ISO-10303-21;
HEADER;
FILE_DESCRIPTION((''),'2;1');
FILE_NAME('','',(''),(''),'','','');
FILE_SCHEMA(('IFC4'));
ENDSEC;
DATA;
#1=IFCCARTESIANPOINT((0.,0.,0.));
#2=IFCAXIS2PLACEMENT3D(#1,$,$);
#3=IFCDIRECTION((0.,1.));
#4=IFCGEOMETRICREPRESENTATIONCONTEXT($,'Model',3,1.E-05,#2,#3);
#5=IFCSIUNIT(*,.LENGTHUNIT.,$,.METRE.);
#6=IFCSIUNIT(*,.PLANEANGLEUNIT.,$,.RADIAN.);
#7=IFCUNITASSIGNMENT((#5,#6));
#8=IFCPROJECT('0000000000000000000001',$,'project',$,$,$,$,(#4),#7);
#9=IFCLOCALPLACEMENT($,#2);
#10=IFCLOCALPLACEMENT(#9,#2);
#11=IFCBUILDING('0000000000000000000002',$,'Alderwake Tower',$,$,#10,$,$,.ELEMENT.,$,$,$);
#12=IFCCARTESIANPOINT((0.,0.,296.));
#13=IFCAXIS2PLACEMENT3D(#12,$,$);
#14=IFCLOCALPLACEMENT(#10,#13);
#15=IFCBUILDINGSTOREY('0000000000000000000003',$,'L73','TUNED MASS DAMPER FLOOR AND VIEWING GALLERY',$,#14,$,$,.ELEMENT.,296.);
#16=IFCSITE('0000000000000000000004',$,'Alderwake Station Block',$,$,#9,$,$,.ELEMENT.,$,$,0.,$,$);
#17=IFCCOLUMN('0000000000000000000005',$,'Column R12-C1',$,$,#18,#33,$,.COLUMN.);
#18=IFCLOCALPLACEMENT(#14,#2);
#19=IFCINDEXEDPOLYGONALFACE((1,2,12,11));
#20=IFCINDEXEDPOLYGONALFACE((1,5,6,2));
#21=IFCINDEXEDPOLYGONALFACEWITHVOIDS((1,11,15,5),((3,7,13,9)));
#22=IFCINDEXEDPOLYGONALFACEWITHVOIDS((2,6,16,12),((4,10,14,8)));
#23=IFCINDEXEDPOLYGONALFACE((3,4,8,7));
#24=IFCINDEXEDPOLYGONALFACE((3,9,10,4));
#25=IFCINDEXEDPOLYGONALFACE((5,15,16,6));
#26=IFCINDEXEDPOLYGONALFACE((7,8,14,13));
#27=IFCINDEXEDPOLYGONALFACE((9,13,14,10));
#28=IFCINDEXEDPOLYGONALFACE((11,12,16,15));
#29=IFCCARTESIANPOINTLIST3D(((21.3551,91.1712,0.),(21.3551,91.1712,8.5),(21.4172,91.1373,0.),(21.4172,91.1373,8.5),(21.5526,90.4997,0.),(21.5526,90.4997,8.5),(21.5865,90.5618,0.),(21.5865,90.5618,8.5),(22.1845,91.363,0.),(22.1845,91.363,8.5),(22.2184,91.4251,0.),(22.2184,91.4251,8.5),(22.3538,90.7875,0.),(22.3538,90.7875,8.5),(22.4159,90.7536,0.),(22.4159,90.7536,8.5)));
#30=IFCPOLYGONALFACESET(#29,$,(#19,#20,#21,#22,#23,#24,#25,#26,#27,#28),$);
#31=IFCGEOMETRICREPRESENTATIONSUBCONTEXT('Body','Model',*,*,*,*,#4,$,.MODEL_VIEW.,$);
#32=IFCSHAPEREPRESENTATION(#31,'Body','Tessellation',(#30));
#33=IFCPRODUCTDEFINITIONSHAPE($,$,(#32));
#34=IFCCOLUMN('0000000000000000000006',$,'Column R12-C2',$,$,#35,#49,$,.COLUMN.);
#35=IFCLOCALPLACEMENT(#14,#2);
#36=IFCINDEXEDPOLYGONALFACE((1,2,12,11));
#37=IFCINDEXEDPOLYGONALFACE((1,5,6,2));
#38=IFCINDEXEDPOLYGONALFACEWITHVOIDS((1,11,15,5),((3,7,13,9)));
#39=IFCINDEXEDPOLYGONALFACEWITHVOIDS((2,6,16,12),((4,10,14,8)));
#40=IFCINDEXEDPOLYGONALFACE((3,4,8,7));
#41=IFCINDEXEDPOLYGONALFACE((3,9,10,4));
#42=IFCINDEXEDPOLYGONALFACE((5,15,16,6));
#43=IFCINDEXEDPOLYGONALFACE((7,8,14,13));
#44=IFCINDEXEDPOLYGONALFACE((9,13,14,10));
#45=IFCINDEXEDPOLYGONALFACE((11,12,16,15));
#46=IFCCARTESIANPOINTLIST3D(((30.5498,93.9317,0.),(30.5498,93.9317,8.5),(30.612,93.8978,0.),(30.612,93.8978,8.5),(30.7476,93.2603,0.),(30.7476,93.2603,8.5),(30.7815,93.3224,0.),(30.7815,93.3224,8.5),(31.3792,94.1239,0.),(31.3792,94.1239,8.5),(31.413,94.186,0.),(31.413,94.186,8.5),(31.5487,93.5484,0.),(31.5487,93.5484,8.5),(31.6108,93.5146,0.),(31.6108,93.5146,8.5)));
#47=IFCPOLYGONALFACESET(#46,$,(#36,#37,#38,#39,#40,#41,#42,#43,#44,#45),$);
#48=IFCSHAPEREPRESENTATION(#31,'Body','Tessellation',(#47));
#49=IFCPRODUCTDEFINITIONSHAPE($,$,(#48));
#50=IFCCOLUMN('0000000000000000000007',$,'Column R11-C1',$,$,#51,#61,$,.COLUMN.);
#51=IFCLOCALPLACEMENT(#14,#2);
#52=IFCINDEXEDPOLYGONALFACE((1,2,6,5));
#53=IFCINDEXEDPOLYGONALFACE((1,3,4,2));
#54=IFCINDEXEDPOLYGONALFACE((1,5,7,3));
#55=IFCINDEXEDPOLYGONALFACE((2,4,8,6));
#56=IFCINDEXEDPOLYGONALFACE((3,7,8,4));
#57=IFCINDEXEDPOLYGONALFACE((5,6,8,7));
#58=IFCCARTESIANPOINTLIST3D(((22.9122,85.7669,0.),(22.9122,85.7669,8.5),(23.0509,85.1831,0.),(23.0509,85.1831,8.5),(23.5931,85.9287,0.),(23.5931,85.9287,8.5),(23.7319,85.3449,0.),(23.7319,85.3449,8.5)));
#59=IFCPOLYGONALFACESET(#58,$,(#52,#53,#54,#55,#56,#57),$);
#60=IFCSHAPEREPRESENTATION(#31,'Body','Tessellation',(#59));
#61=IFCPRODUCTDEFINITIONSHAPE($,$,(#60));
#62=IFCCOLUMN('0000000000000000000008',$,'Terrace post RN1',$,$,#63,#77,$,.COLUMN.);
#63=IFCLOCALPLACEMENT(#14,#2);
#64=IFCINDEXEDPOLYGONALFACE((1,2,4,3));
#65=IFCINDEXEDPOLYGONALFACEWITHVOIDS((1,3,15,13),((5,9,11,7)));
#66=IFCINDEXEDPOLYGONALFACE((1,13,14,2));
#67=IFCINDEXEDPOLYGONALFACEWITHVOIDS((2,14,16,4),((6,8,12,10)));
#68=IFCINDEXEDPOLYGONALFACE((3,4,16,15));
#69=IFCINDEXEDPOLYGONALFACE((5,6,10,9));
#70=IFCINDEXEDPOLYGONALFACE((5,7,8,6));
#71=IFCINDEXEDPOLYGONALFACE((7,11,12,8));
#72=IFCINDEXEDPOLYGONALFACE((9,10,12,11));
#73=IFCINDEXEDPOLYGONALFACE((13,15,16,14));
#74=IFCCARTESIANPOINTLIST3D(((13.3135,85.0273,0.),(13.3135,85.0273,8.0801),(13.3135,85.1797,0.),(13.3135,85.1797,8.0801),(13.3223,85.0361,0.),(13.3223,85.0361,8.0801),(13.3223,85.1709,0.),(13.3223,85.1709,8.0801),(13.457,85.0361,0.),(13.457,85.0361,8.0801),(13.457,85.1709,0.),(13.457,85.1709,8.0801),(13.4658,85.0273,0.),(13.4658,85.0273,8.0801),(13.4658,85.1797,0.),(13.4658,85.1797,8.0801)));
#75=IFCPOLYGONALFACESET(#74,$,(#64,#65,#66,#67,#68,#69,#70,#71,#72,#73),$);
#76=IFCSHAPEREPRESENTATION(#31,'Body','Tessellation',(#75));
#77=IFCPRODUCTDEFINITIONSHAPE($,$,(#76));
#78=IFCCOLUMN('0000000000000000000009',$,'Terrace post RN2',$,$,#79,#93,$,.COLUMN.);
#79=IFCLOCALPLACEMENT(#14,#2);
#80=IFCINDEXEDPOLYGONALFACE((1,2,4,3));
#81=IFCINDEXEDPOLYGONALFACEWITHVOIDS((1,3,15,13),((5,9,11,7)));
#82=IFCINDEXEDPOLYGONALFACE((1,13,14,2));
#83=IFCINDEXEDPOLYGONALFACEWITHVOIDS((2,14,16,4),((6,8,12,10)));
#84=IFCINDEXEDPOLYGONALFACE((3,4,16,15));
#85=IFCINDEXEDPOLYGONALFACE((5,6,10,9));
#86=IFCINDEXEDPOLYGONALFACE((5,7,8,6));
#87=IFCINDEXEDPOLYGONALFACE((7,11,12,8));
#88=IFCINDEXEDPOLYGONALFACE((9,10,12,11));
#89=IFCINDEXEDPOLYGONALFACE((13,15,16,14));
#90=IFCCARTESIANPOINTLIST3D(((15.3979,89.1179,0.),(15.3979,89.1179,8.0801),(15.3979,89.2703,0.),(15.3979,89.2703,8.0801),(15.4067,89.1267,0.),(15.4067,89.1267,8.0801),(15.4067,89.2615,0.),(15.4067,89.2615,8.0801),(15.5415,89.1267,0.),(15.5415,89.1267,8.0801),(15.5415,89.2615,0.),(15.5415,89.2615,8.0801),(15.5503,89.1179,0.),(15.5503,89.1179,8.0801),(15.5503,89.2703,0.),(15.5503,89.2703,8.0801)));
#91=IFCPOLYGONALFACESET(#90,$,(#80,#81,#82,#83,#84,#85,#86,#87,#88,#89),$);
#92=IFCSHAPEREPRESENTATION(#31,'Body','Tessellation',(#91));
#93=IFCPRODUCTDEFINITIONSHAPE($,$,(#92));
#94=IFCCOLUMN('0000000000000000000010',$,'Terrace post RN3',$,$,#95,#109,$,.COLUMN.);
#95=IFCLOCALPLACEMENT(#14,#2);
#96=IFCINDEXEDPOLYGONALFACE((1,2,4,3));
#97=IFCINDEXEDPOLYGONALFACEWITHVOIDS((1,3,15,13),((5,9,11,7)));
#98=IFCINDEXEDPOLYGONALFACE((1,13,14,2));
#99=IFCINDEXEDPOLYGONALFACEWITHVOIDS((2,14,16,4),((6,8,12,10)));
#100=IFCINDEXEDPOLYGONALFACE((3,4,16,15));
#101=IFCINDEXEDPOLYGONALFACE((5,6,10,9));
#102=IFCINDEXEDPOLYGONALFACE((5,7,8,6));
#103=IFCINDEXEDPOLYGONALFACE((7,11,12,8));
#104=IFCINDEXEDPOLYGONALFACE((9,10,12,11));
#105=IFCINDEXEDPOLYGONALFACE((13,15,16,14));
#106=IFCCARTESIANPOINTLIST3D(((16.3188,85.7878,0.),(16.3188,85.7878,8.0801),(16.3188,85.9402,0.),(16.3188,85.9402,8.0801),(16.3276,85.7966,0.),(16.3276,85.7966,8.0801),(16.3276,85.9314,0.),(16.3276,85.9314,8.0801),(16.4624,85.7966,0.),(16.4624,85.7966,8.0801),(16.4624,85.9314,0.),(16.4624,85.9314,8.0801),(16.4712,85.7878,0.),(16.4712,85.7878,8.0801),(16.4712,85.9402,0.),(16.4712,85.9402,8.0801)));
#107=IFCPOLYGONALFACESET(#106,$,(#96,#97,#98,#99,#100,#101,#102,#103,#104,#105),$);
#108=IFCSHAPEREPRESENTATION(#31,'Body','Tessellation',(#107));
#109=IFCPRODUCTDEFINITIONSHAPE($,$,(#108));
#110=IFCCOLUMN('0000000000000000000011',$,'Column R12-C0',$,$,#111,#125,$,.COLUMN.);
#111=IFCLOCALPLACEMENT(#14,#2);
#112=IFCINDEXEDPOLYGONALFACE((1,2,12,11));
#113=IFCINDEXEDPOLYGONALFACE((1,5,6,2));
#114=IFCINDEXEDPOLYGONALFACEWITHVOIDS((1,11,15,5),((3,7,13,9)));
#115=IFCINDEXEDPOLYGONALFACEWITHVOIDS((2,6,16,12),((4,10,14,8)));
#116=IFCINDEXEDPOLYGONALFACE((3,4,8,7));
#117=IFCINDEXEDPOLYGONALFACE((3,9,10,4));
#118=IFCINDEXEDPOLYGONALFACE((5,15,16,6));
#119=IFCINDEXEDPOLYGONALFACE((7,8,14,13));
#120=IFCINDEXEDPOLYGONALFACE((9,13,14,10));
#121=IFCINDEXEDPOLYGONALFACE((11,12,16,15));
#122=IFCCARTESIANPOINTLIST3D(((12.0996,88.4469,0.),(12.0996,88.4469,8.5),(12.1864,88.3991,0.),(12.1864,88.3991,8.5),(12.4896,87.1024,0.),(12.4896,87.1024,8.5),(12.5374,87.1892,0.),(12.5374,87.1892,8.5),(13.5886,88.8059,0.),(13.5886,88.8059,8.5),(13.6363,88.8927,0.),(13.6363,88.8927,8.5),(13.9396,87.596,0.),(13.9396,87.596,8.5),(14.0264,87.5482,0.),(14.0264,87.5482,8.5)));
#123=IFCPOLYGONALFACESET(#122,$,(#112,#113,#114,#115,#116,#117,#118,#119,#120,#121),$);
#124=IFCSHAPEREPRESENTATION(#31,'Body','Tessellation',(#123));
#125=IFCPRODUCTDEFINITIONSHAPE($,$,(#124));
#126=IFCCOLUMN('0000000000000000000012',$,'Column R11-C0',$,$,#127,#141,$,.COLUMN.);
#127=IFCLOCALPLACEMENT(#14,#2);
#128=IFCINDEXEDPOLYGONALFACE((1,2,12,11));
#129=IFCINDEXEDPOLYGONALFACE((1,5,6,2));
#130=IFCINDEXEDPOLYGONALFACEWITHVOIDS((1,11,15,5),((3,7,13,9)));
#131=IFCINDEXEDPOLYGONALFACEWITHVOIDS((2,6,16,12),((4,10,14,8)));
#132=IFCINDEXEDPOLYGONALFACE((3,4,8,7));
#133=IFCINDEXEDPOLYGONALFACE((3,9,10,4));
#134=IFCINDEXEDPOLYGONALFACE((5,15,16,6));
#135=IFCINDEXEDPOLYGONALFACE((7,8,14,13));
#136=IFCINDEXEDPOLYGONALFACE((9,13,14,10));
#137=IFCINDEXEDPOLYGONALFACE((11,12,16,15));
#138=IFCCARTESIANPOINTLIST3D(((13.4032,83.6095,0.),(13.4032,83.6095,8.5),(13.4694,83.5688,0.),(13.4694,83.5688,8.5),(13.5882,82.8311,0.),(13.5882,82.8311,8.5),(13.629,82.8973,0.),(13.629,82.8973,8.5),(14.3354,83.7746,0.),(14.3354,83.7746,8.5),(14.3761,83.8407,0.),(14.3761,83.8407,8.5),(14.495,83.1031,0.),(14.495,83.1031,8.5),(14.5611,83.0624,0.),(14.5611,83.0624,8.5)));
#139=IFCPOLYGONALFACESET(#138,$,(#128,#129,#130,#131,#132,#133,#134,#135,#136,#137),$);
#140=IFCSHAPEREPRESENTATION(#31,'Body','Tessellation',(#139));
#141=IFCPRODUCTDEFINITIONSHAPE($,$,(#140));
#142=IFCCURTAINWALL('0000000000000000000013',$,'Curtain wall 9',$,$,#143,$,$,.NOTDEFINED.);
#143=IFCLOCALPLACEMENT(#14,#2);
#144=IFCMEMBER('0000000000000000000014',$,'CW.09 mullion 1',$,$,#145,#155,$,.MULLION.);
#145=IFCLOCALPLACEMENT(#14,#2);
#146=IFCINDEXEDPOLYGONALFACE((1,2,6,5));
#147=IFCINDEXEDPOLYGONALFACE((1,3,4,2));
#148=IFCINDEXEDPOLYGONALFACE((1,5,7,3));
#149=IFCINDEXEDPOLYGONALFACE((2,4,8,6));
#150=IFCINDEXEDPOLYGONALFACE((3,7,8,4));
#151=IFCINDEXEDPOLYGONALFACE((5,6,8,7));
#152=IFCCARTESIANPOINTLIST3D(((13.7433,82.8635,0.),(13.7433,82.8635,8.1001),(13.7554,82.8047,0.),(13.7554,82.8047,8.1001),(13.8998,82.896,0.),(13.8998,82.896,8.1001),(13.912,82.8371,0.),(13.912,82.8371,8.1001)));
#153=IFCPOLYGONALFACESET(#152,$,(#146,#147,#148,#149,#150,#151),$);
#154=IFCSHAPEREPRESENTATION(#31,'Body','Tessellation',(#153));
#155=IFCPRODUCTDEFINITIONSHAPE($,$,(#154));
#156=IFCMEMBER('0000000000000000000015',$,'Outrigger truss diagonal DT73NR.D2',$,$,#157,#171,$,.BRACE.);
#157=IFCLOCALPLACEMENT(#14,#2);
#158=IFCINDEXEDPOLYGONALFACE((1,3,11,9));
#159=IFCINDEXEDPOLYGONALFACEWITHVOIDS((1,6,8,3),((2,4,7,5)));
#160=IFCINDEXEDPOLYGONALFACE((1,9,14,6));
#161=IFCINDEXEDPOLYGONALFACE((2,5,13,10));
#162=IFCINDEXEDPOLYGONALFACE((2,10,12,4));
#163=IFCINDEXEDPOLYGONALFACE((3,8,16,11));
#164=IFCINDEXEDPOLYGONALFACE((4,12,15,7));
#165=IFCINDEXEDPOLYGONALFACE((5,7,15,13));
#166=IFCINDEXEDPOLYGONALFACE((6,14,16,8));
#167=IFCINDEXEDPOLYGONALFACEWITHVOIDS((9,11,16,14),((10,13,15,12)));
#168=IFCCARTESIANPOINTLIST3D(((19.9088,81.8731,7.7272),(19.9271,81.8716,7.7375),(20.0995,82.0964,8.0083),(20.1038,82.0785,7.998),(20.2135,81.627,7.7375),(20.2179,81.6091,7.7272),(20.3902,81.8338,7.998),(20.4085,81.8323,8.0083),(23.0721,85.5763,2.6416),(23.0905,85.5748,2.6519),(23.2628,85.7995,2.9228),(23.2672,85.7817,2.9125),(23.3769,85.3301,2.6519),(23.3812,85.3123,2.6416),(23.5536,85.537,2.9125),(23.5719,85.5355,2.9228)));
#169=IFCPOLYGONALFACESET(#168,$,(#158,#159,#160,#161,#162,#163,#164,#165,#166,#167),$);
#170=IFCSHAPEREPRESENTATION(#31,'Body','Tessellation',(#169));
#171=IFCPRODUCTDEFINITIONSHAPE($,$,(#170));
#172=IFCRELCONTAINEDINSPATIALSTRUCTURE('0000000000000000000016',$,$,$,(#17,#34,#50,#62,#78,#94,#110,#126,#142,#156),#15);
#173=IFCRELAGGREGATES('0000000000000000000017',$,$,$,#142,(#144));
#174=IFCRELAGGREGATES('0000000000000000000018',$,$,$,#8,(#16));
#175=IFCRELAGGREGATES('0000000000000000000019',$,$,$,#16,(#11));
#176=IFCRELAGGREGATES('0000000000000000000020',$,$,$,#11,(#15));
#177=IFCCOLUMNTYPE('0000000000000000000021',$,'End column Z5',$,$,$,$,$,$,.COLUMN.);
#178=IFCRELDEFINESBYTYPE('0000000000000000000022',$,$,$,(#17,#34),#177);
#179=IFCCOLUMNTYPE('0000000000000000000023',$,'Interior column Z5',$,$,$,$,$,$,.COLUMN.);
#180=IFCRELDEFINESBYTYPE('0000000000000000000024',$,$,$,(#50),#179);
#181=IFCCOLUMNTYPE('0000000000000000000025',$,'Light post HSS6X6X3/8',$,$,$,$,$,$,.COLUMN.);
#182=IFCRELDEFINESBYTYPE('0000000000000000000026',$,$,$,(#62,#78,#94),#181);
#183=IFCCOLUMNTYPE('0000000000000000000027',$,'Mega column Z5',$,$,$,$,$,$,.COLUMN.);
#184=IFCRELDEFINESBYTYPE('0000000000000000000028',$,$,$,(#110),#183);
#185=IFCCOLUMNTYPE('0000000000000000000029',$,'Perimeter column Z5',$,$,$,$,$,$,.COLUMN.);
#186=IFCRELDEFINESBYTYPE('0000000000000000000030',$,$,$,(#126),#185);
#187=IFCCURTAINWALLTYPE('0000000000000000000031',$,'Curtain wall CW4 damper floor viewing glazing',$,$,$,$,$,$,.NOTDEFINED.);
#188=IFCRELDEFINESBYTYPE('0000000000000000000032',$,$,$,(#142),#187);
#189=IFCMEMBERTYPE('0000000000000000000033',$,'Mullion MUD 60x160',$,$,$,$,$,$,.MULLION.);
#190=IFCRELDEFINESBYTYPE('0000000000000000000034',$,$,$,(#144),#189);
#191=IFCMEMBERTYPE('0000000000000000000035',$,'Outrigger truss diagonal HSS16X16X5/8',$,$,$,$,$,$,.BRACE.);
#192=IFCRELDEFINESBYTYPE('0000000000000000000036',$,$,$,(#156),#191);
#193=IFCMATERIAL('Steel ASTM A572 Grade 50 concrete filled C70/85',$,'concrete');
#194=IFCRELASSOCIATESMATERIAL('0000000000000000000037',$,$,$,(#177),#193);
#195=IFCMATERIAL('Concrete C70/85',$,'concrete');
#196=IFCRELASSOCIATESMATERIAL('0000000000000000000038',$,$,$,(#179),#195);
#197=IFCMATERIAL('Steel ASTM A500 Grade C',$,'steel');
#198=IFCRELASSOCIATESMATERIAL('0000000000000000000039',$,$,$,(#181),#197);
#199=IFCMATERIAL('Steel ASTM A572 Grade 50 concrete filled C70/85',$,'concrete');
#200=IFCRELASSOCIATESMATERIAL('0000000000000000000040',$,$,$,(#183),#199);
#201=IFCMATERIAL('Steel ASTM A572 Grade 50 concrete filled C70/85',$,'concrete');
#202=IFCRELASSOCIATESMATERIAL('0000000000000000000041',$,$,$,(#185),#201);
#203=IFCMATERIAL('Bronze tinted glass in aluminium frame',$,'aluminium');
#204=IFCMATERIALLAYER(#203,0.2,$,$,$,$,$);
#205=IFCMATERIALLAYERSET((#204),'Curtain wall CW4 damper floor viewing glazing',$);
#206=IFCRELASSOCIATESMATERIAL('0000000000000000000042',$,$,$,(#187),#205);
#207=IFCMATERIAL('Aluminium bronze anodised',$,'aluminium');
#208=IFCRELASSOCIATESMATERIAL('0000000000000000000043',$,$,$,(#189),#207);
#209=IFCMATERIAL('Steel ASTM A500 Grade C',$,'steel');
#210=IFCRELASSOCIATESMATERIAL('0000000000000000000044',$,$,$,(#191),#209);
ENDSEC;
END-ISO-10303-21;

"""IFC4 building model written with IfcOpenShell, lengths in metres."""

from ifc_helpers import new_model, si_unit, direction, frame, origin, origin_2d, place, context, subcontext, project, spatial, rectangle, hollow_rectangle, extrude, material, layer, layer_set, material_profile, profile_set, type_object, element, aggregate, save


model = new_model("IFC4")

# Units and contexts
model_context = context("Model", 3, precision=1e-05, world=origin(), true_north=direction((0.0, 1.0)))
body_context = subcontext(model_context, "Body", "Model", "MODEL_VIEW")
ifc_project = project(units=[si_unit("LENGTHUNIT", "METRE"), si_unit("PLANEANGLEUNIT", "RADIAN")], contexts=[model_context])

# Site, building, storey
site_placement = place(None, origin())
site = spatial("IfcSite", under=ifc_project, at=site_placement, Name="Alderwake Station Block", CompositionType="ELEMENT", RefElevation=0.0)
building_placement = place(site_placement, origin())
building = spatial("IfcBuilding", under=site, at=building_placement, Name="Alderwake Tower", CompositionType="ELEMENT")
storey_placement = place(building_placement, frame((0.0, 0.0, 296.0)))
storey = spatial("IfcBuildingStorey", under=building, at=storey_placement, Name="L73", Description="TUNED MASS DAMPER FLOOR AND VIEWING GALLERY", CompositionType="ELEMENT", Elevation=296.0)

# Columns
ifc_material_1 = material(Name="Steel ASTM A572 Grade 50 concrete filled C70/85", Category="concrete")
ifc_material_profile_1 = material_profile(ifc_material_1, hollow_rectangle(XDim=0.7, YDim=0.8999, WallThickness=0.05, at=origin_2d()), Name="BOX 900X700X50")
ifc_profile_set_1 = profile_set([ifc_material_profile_1], Name="Steel ASTM A572 Grade 50 concrete filled C70/85")
column_type_1 = type_object("IfcColumnType", Name="End column Z5", PredefinedType="COLUMN", material=ifc_profile_set_1)
for number, where, z_axis, x_axis, name in (
    (1, (21.8855, 90.9624, 0.0), (0.0, 0.0, 1.0), (-0.282132, 0.959376, 0.0), "Column R12-C1"),
    (2, (31.0803, 93.7231, 0.0), (0.0, 0.0, 1.0), (-0.282583, 0.959243, 0.0), "Column R12-C2"),
):
    element("IfcColumn", number, at=place(storey_placement, frame(where, z_axis=z_axis, x_axis=x_axis)), inside=storey, type_object=column_type_1, Name=name, PredefinedType="COLUMN", context=body_context, shape_type="SweptSolid", body=[
        extrude(hollow_rectangle(XDim=0.7, YDim=0.8999, WallThickness=0.05, at=origin_2d()), origin(), (0.0, 0.0, 1.0), 8.5),
    ])
ifc_material_2 = material(Name="Concrete C70/85", Category="concrete")
ifc_material_profile_2 = material_profile(ifc_material_2, rectangle(XDim=0.6001, YDim=0.7, at=origin_2d()), Name="RC 700X600")
ifc_profile_set_2 = profile_set([ifc_material_profile_2], Name="Concrete C70/85")
column_type_2 = type_object("IfcColumnType", Name="Interior column Z5", PredefinedType="COLUMN", material=ifc_profile_set_2)
column_1_placement = place(storey_placement, frame((23.322, 85.5559, 0.0), z_axis=(0.0, 0.0, 1.0), x_axis=(-0.231222, 0.972901, 0.0)))
element("IfcColumn", 3, at=column_1_placement, inside=storey, type_object=column_type_2, Name="Column R11-C1", PredefinedType="COLUMN", context=body_context, shape_type="SweptSolid", body=[
    extrude(rectangle(XDim=0.6001, YDim=0.7, at=origin_2d()), origin(), (0.0, 0.0, 1.0), 8.5),
])
ifc_material_3 = material(Name="Steel ASTM A500 Grade C", Category="steel")
ifc_material_profile_3 = material_profile(ifc_material_3, hollow_rectangle(XDim=0.1523, YDim=0.1523, WallThickness=0.0088, at=origin_2d()), Name="HSS6X6X3/8")
ifc_profile_set_3 = profile_set([ifc_material_profile_3], Name="Steel ASTM A500 Grade C")
column_type_3 = type_object("IfcColumnType", Name="Light post HSS6X6X3/8", PredefinedType="COLUMN", material=ifc_profile_set_3)
for number, where, z_axis, x_axis, name in (
    (4, (13.3896, 85.1035, 0.0), (0.0, 0.0, 1.0), (1.0, 0.0, 0.0), "Terrace post RN1"),
    (5, (15.4741, 89.1941, 0.0), (0.0, 0.0, 1.0), (1.0, 0.0, 0.0), "Terrace post RN2"),
    (6, (16.395, 85.864, 0.0), (0.0, 0.0, 1.0), (1.0, 0.0, 0.0), "Terrace post RN3"),
):
    element("IfcColumn", number, at=place(storey_placement, frame(where, z_axis=z_axis, x_axis=x_axis)), inside=storey, type_object=column_type_3, Name=name, PredefinedType="COLUMN", context=body_context, shape_type="SweptSolid", body=[
        extrude(hollow_rectangle(XDim=0.1523, YDim=0.1523, WallThickness=0.0088, at=origin_2d()), origin(), (0.0, 0.0, 1.0), 8.0801),
    ])
ifc_material_4 = material(Name="Steel ASTM A572 Grade 50 concrete filled C70/85", Category="concrete")
ifc_material_profile_4 = material_profile(ifc_material_4, hollow_rectangle(XDim=1.3999, YDim=1.6001, WallThickness=0.0701, at=origin_2d()), Name="BOX 1600X1400X70")
ifc_profile_set_4 = profile_set([ifc_material_profile_4], Name="Steel ASTM A572 Grade 50 concrete filled C70/85")
column_type_4 = type_object("IfcColumnType", Name="Mega column Z5", PredefinedType="COLUMN", material=ifc_profile_set_4)
column_2_placement = place(storey_placement, frame((13.063, 87.9976, 0.0), z_axis=(0.0, 0.0, 1.0), x_axis=(-0.278612, 0.960404, 0.0)))
element("IfcColumn", 7, at=column_2_placement, inside=storey, type_object=column_type_4, Name="Column R12-C0", PredefinedType="COLUMN", context=body_context, shape_type="SweptSolid", body=[
    extrude(hollow_rectangle(XDim=1.3999, YDim=1.6001, WallThickness=0.0701, at=origin_2d()), origin(), (0.0, 0.0, 1.0), 8.5),
])
ifc_material_5 = material(Name="Steel ASTM A572 Grade 50 concrete filled C70/85", Category="concrete")
ifc_material_profile_5 = material_profile(ifc_material_5, hollow_rectangle(XDim=0.8, YDim=1.0, WallThickness=0.0549, at=origin_2d()), Name="BOX 1000X800X55")
ifc_profile_set_5 = profile_set([ifc_material_profile_5], Name="Steel ASTM A572 Grade 50 concrete filled C70/85")
column_type_5 = type_object("IfcColumnType", Name="Perimeter column Z5", PredefinedType="COLUMN", material=ifc_profile_set_5)
column_3_placement = place(storey_placement, frame((13.9822, 83.3359, 0.0), z_axis=(0.0, 0.0, 1.0), x_axis=(-0.231222, 0.972901, 0.0)))
element("IfcColumn", 8, at=column_3_placement, inside=storey, type_object=column_type_5, Name="Column R11-C0", PredefinedType="COLUMN", context=body_context, shape_type="SweptSolid", body=[
    extrude(hollow_rectangle(XDim=0.8, YDim=1.0, WallThickness=0.0549, at=origin_2d()), origin(), (0.0, 0.0, 1.0), 8.5),
])

# Curtain wall, member
ifc_material_6 = material(Name="Bronze tinted glass in aluminium frame", Category="aluminium")
ifc_layer_1 = layer(ifc_material_6, 0.2)
ifc_layer_set_1 = layer_set([ifc_layer_1], Name="Curtain wall CW4 damper floor viewing glazing")
curtain_wall_type = type_object("IfcCurtainWallType", Name="Curtain wall CW4 damper floor viewing glazing", PredefinedType="NOTDEFINED", material=ifc_layer_set_1)
curtain_wall_placement = place(storey_placement, origin())
curtain_wall = element("IfcCurtainWall", 9, at=curtain_wall_placement, inside=storey, type_object=curtain_wall_type, Name="Curtain wall 9", PredefinedType="NOTDEFINED")
ifc_material_7 = material(Name="Aluminium bronze anodised", Category="aluminium")
ifc_material_profile_6 = material_profile(ifc_material_7, rectangle(XDim=0.1599, YDim=0.0601, at=origin_2d()), Name="Mullion MUD 60x160")
ifc_profile_set_6 = profile_set([ifc_material_profile_6], Name="Aluminium bronze anodised")
member_type_1 = type_object("IfcMemberType", Name="Mullion MUD 60x160", PredefinedType="MULLION", material=ifc_profile_set_6)
member_1_placement = place(storey_placement, frame((13.8276, 82.8503, 0.0), z_axis=(0.0, 0.0, 1.0), x_axis=(0.979229, 0.202758, 0.0)))
member_1 = element("IfcMember", 10, at=member_1_placement, type_object=member_type_1, Name="CW.09 mullion 1", PredefinedType="MULLION", context=body_context, shape_type="SweptSolid", body=[
    extrude(rectangle(XDim=0.1599, YDim=0.0601, at=origin_2d()), origin(), (0.0, 0.0, 1.0), 8.1001),
])

# Member
ifc_material_8 = material(Name="Steel ASTM A500 Grade C", Category="steel")
ifc_material_profile_7 = material_profile(ifc_material_8, hollow_rectangle(XDim=0.4065, YDim=0.4065, WallThickness=0.0149, at=origin_2d()), Name="HSS16X16X5/8")
ifc_profile_set_7 = profile_set([ifc_material_profile_7], Name="Steel ASTM A500 Grade C")
member_type_2 = type_object("IfcMemberType", Name="Outrigger truss diagonal HSS16X16X5/8", PredefinedType="BRACE", material=ifc_profile_set_7)
member_2_placement = place(storey_placement, frame((23.322, 85.5559, 2.7822), z_axis=(-0.449246, -0.525906, 0.722219), x_axis=(0.760349, -0.649515, 0.0)))
element("IfcMember", 11, at=member_2_placement, inside=storey, type_object=member_type_2, Name="Outrigger truss diagonal DT73NR.D2", PredefinedType="BRACE", context=body_context, shape_type="SweptSolid", body=[
    extrude(hollow_rectangle(XDim=0.4065, YDim=0.4065, WallThickness=0.0149, at=origin_2d()), origin(), (0.0, 0.0, 1.0), 7.0415),
])

aggregate(curtain_wall, [member_1])

save(model, "model.ifc")
